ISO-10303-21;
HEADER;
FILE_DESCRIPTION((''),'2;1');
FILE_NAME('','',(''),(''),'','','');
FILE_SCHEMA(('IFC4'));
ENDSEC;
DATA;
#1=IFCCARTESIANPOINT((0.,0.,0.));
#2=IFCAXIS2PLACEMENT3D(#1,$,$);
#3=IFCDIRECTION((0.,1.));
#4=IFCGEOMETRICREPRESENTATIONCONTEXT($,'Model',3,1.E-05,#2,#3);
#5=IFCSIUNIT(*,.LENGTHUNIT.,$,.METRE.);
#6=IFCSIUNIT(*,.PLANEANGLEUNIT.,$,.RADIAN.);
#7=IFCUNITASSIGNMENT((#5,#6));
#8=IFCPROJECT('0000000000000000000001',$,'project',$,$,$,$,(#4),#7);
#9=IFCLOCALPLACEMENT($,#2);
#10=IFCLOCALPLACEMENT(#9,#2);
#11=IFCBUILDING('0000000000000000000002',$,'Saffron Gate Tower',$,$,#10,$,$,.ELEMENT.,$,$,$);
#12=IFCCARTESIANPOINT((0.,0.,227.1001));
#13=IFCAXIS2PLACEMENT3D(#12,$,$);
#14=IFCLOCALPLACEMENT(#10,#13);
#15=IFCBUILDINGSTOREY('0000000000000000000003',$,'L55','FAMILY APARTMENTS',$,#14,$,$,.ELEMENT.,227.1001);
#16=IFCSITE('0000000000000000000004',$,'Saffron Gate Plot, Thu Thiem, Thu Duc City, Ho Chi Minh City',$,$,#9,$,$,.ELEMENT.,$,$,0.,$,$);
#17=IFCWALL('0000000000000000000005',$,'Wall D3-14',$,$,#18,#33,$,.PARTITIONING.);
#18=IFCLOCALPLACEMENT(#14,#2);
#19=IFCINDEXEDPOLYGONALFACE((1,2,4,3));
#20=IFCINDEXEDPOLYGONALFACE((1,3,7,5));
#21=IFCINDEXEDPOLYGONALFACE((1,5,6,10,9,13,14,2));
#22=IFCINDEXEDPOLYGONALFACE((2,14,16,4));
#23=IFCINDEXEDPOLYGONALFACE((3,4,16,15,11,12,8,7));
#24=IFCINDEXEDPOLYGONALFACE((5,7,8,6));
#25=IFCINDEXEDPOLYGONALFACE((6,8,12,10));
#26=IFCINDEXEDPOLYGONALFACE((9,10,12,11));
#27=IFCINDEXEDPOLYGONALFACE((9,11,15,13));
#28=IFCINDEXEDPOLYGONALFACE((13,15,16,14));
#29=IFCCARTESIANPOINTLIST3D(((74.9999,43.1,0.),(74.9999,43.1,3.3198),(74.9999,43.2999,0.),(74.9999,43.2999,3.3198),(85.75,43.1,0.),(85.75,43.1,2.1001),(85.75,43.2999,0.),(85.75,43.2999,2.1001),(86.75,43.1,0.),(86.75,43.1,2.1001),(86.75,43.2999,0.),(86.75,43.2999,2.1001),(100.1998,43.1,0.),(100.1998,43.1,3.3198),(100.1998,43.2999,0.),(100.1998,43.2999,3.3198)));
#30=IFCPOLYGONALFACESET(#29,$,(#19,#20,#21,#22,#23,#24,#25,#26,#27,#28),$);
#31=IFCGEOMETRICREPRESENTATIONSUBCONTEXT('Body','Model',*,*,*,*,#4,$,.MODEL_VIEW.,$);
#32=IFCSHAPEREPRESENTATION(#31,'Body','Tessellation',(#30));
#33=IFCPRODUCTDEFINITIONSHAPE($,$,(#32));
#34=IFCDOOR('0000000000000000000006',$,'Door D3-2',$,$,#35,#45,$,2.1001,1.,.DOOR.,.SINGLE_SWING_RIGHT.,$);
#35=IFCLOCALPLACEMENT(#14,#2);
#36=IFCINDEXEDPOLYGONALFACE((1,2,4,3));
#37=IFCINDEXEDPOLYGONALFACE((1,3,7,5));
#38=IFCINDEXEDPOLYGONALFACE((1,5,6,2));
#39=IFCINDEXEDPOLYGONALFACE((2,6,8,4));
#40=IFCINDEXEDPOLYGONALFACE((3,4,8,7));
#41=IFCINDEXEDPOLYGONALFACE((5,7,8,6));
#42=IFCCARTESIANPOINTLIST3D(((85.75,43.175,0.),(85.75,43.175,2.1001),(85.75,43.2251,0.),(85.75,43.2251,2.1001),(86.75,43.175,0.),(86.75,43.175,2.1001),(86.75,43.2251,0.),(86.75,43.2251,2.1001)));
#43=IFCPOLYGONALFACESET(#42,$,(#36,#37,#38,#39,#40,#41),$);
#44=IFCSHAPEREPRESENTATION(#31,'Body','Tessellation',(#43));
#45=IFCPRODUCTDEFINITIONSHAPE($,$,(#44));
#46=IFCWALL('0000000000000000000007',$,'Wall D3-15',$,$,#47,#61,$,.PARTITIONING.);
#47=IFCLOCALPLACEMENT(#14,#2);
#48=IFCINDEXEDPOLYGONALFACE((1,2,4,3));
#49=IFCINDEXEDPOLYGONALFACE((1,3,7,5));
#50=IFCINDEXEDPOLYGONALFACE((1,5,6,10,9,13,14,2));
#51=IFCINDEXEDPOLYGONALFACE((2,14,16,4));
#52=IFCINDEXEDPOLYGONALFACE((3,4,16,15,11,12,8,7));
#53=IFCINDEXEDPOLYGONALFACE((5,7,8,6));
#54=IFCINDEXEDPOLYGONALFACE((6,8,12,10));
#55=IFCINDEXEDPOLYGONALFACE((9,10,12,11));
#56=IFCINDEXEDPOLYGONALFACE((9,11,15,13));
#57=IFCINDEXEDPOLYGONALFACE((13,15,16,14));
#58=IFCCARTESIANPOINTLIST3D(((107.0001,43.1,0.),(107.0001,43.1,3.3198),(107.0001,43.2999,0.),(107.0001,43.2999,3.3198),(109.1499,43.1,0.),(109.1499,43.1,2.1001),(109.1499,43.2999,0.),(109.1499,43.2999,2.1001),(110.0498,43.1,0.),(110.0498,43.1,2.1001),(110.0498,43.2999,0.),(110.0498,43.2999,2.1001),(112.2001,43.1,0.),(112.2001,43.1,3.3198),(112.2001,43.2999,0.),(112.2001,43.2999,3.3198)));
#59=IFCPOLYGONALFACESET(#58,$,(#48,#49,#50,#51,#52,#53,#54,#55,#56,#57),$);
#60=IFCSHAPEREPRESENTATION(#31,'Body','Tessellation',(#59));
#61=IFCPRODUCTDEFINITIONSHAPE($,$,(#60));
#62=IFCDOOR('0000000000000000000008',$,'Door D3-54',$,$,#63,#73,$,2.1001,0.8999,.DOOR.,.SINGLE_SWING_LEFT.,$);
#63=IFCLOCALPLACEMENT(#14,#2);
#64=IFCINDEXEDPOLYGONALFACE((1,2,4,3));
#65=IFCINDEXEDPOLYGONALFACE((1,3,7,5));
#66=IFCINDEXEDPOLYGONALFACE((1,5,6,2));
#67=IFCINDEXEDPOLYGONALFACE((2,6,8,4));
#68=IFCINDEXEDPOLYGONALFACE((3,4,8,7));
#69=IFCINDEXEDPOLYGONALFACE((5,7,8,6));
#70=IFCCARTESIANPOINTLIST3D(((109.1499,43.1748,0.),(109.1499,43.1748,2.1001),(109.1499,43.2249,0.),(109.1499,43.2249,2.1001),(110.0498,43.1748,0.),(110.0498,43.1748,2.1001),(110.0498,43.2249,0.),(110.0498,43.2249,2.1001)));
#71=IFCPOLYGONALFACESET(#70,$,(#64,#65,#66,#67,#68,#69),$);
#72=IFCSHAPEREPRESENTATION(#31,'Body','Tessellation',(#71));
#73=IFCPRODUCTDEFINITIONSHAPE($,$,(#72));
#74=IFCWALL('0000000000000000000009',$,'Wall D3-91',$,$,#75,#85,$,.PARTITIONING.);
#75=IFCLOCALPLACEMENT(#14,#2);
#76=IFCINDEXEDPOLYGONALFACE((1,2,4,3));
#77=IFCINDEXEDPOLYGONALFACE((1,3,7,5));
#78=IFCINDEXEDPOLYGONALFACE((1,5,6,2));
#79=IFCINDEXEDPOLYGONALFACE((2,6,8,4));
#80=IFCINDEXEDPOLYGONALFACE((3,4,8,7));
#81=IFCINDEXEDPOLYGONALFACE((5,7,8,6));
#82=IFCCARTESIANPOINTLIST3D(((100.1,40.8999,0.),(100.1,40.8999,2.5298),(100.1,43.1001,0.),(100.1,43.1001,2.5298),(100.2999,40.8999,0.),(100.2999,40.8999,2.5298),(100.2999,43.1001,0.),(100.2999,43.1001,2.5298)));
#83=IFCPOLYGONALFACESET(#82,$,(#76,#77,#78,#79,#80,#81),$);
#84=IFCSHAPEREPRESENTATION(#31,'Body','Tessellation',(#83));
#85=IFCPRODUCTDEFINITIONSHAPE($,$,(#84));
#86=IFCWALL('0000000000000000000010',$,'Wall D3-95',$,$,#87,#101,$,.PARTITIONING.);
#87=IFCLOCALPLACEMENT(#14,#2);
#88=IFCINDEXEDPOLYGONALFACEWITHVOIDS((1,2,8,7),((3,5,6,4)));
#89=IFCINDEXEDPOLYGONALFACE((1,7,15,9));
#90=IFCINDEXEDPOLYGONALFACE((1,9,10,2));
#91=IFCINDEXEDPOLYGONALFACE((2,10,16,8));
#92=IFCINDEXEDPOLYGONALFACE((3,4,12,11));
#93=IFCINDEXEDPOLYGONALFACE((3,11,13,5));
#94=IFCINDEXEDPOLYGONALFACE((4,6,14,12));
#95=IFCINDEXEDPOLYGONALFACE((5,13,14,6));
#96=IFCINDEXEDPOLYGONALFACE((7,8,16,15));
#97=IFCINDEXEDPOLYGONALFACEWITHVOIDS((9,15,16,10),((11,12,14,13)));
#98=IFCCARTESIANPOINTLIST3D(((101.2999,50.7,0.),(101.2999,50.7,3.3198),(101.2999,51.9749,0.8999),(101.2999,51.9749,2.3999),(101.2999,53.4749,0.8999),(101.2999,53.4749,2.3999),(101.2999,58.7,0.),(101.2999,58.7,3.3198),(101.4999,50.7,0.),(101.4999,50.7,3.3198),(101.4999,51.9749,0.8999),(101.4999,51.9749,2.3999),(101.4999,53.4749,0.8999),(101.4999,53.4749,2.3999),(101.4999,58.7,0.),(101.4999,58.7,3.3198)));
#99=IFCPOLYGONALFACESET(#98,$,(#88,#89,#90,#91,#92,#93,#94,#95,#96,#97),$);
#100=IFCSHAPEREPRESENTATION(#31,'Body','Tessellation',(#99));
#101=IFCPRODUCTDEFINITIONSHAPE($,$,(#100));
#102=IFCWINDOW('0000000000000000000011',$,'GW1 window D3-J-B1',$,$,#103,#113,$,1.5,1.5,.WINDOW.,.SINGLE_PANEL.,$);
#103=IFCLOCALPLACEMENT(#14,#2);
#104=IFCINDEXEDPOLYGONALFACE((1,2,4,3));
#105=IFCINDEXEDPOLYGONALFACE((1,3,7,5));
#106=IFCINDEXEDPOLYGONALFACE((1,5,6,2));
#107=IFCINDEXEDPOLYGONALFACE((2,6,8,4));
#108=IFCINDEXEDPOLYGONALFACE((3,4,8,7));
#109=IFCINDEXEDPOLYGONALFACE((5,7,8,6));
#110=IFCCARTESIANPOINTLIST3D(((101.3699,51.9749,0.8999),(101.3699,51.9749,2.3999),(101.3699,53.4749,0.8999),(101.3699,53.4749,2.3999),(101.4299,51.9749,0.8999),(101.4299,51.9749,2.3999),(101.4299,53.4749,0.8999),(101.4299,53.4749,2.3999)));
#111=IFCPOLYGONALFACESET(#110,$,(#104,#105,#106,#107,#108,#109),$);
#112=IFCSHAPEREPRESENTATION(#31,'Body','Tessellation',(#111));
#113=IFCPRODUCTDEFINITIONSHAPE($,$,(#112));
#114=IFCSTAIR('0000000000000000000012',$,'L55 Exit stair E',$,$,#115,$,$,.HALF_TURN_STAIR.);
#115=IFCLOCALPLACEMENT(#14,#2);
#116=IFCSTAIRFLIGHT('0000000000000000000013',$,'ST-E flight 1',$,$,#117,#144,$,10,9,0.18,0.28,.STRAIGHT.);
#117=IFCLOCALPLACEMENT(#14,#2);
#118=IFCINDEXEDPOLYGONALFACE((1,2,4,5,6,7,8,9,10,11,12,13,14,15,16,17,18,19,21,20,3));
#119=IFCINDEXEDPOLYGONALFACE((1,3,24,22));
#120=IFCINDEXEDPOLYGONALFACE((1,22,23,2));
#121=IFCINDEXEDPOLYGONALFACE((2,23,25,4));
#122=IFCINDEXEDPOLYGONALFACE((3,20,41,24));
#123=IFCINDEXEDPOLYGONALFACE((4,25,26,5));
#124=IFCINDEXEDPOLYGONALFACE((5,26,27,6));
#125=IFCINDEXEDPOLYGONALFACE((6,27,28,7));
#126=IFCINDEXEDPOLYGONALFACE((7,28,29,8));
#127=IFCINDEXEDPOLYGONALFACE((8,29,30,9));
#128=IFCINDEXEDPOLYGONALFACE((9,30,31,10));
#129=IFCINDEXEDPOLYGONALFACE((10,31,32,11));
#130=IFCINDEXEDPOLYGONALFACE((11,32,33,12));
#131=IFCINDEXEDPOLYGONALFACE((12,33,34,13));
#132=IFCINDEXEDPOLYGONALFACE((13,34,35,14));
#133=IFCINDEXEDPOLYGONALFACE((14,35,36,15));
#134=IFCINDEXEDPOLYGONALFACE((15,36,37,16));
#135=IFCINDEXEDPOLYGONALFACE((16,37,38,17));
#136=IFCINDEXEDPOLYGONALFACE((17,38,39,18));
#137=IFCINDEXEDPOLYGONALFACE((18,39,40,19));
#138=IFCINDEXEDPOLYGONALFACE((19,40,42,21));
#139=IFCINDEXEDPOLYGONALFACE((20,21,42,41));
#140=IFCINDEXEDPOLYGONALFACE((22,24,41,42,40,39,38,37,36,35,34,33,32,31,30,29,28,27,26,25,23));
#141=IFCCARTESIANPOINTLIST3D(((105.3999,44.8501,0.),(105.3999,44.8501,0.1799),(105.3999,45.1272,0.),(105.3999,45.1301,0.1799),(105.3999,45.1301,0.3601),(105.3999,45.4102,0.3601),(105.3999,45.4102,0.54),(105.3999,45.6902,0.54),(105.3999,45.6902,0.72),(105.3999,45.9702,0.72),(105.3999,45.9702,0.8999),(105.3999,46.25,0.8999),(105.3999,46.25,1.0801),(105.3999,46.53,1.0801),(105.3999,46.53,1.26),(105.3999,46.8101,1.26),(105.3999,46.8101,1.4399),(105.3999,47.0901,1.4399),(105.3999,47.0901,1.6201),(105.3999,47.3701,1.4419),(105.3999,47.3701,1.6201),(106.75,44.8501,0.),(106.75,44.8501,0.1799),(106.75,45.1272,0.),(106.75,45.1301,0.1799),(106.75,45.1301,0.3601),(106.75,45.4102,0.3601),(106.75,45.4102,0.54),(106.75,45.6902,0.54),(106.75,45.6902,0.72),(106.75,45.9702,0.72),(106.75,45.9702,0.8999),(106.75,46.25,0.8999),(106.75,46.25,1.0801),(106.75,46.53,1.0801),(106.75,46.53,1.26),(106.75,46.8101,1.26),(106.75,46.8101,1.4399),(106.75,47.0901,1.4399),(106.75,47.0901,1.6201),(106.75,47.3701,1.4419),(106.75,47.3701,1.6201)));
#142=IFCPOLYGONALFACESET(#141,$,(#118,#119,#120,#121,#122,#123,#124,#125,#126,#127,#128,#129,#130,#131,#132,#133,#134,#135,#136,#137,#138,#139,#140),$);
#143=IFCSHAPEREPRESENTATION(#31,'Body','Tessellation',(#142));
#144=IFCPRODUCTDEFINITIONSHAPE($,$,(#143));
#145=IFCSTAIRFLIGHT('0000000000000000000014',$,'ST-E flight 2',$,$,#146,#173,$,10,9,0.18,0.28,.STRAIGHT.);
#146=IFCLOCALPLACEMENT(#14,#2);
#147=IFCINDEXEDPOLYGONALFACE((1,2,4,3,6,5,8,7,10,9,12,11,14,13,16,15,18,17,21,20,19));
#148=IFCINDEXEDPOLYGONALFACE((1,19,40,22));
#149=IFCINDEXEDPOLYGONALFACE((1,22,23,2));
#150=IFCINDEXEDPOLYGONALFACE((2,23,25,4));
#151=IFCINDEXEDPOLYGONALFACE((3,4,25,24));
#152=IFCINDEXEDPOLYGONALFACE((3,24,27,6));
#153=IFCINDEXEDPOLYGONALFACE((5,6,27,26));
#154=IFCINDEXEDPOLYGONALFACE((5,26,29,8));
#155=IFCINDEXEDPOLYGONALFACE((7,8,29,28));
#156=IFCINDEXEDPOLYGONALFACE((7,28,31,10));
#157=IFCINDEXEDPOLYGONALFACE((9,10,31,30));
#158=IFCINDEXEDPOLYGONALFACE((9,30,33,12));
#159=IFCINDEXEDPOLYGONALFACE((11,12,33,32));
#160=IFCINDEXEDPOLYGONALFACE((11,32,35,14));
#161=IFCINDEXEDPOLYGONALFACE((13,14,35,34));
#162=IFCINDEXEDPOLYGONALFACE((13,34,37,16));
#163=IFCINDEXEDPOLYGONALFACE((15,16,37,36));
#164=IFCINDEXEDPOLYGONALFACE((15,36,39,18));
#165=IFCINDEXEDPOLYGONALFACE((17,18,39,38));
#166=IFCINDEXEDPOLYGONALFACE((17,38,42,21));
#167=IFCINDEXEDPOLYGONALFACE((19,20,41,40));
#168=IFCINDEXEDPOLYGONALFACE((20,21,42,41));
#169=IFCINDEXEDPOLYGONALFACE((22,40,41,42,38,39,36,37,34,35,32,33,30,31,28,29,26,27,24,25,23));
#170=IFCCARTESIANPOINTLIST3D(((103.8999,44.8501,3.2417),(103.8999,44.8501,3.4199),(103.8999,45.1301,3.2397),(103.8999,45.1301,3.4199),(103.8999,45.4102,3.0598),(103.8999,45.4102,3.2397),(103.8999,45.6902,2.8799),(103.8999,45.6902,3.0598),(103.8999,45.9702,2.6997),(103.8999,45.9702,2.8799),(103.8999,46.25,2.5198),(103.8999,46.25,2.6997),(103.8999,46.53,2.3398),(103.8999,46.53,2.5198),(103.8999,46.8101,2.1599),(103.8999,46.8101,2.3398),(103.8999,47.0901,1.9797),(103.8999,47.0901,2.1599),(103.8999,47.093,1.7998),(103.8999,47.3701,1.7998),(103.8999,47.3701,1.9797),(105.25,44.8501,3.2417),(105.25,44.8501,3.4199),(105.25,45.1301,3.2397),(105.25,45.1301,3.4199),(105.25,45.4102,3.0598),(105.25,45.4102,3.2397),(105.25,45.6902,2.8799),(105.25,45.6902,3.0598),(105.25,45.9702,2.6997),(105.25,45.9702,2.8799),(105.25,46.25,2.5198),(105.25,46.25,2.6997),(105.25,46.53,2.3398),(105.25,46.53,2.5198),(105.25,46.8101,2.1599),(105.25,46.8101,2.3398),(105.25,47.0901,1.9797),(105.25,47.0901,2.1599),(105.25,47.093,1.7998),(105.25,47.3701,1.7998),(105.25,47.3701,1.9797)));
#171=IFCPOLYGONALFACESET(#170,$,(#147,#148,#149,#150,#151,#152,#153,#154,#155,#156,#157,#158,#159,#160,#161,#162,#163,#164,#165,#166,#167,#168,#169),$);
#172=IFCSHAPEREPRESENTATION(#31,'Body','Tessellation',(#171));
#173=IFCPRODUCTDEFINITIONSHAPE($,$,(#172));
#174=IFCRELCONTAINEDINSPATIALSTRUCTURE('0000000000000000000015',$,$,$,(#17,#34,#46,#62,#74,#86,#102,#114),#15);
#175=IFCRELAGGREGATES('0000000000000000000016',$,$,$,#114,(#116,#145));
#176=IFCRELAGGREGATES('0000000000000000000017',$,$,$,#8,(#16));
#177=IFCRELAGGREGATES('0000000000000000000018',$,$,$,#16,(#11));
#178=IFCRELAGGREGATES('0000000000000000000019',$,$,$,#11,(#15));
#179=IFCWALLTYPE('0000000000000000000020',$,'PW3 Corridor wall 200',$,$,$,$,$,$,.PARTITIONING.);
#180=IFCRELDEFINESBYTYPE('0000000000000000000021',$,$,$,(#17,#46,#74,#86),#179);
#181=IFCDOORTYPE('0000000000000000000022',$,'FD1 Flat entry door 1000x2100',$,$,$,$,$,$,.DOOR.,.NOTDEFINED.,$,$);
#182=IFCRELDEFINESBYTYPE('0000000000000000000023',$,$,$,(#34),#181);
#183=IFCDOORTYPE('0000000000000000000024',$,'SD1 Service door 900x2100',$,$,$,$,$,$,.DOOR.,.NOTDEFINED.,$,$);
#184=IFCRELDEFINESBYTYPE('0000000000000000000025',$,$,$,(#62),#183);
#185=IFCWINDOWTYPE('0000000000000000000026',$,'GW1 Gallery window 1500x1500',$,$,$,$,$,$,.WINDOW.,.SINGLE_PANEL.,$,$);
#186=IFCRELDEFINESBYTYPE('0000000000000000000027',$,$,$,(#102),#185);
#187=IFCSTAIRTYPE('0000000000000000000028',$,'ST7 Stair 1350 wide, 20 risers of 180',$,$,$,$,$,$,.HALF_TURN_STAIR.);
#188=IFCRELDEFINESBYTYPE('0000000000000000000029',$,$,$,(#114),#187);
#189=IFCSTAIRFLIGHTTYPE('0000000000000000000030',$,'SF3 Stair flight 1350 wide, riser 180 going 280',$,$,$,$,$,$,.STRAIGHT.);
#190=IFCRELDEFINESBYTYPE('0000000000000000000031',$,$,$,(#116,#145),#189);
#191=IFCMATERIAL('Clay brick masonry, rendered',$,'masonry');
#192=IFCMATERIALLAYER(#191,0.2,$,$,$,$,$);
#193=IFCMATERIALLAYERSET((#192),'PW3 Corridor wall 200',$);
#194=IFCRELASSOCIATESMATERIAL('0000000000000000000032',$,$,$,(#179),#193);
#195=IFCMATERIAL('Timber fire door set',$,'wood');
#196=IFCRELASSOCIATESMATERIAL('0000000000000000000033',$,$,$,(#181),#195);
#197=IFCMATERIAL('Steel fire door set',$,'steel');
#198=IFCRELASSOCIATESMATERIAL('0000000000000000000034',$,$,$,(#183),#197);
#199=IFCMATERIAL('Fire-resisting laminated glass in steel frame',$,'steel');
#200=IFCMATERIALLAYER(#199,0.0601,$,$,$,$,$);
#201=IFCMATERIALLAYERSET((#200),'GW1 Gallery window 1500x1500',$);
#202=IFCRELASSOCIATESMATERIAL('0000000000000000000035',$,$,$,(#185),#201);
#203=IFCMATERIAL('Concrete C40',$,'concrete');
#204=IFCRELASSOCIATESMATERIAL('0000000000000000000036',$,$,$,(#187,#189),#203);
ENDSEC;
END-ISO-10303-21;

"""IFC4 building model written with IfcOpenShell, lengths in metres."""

from ifc_helpers import new_model, si_unit, direction, frame, frame_2d, origin, place, context, subcontext, project, spatial, polyline, rectangle, outline, extrude, material, layer, layer_set, type_object, element, fill, aggregate, save


model = new_model("IFC4")

# Units and contexts
model_context = context("Model", 3, precision=1e-05, world=origin(), true_north=direction((0.0, 1.0)))
body_context = subcontext(model_context, "Body", "Model", "MODEL_VIEW")
ifc_project = project(units=[si_unit("LENGTHUNIT", "METRE"), si_unit("PLANEANGLEUNIT", "RADIAN")], contexts=[model_context])

# Site, building, storey
site_placement = place(None, origin())
site = spatial("IfcSite", under=ifc_project, at=site_placement, Name="Saffron Gate Plot, Thu Thiem, Thu Duc City, Ho Chi Minh City", CompositionType="ELEMENT", RefElevation=0.0)
building_placement = place(site_placement, origin())
building = spatial("IfcBuilding", under=site, at=building_placement, Name="Saffron Gate Tower", CompositionType="ELEMENT")
storey_placement = place(building_placement, frame((0.0, 0.0, 227.1001)))
storey = spatial("IfcBuildingStorey", under=building, at=storey_placement, Name="L55", Description="FAMILY APARTMENTS", CompositionType="ELEMENT", Elevation=227.1001)

# Shared definitions
ifc_material_1 = material(Name="Steel fire door set", Category="steel")

# Shared definitions
ifc_material_2 = material(Name="Clay brick masonry, rendered", Category="masonry")

# Walls, openings, doors
ifc_layer_1 = layer(ifc_material_2, 0.2)
ifc_layer_set_1 = layer_set([ifc_layer_1], Name="PW3 Corridor wall 200")
wall_type_1 = type_object("IfcWallType", Name="PW3 Corridor wall 200", PredefinedType="PARTITIONING", material=ifc_layer_set_1)
wall_1_placement = place(storey_placement, frame((100.2, 43.2, 0.0), z_axis=(0.0, 0.0, 1.0), x_axis=(-1.0, 0.0, 0.0)))
wall_1 = element("IfcWall", 1, at=wall_1_placement, inside=storey, type_object=wall_type_1, Name="Wall D3-14", PredefinedType="PARTITIONING", context=body_context, shape_type="SweptSolid", body=[
    extrude(rectangle(XDim=25.2, YDim=0.2, at=frame_2d((12.6001, 0.0))), origin(), (0.0, 0.0, 1.0), 3.3198),
])
opening_1_placement = place(wall_1_placement, frame((13.45, 0.0, 0.0)))
opening_1 = element("IfcOpeningElement", 2, at=opening_1_placement, cuts=wall_1, PredefinedType="OPENING", context=body_context, shape_type="SweptSolid", body=[
    extrude(rectangle(XDim=1.0, YDim=2.1001, at=frame_2d((0.5, 1.05))), frame((0.0, 0.1099, 0.0), z_axis=(0.0, -1.0, 0.0), x_axis=(1.0, 0.0, 0.0)), (0.0, 0.0, 1.0), 0.22),
])
ifc_material_3 = material(Name="Timber fire door set", Category="wood")
door_type_1 = type_object("IfcDoorType", Name="FD1 Flat entry door 1000x2100", OperationType="NOTDEFINED", PredefinedType="DOOR", material=ifc_material_3)
door_1_placement = place(opening_1_placement, origin())
door_1 = element("IfcDoor", 3, at=door_1_placement, inside=storey, type_object=door_type_1, Name="Door D3-2", OperationType="SINGLE_SWING_RIGHT", OverallHeight=2.1001, OverallWidth=1.0, PredefinedType="DOOR", context=body_context, shape_type="SweptSolid", body=[
    extrude(rectangle(XDim=1.0, YDim=2.1001, at=frame_2d((0.5, 1.05))), frame((0.0, 0.0249, 0.0), z_axis=(0.0, -1.0, 0.0), x_axis=(1.0, 0.0, 0.0)), (0.0, 0.0, 1.0), 0.05),
])
fill(opening_1, door_1)
wall_2_placement = place(storey_placement, frame((107.0, 43.2, 0.0), z_axis=(0.0, 0.0, 1.0), x_axis=(1.0, 0.0, 0.0)))
wall_2 = element("IfcWall", 4, at=wall_2_placement, inside=storey, type_object=wall_type_1, Name="Wall D3-15", PredefinedType="PARTITIONING", context=body_context, shape_type="SweptSolid", body=[
    extrude(rectangle(XDim=5.2, YDim=0.2, at=frame_2d((2.6001, 0.0))), origin(), (0.0, 0.0, 1.0), 3.3198),
])
opening_2_placement = place(wall_2_placement, frame((2.1499, 0.0, 0.0)))
opening_2 = element("IfcOpeningElement", 5, at=opening_2_placement, cuts=wall_2, PredefinedType="OPENING", context=body_context, shape_type="SweptSolid", body=[
    extrude(rectangle(XDim=0.8999, YDim=2.1001, at=frame_2d((0.45, 1.05))), frame((0.0, 0.1099, 0.0), z_axis=(0.0, -1.0, 0.0), x_axis=(1.0, 0.0, 0.0)), (0.0, 0.0, 1.0), 0.22),
])
door_type_2 = type_object("IfcDoorType", Name="SD1 Service door 900x2100", OperationType="NOTDEFINED", PredefinedType="DOOR", material=ifc_material_1)
door_2_placement = place(opening_2_placement, origin())
door_2 = element("IfcDoor", 6, at=door_2_placement, inside=storey, type_object=door_type_2, Name="Door D3-54", OperationType="SINGLE_SWING_LEFT", OverallHeight=2.1001, OverallWidth=0.8999, PredefinedType="DOOR", context=body_context, shape_type="SweptSolid", body=[
    extrude(rectangle(XDim=0.8999, YDim=2.1001, at=frame_2d((0.45, 1.05))), frame((0.0, 0.0249, 0.0), z_axis=(0.0, -1.0, 0.0), x_axis=(1.0, 0.0, 0.0)), (0.0, 0.0, 1.0), 0.05),
])
fill(opening_2, door_2)

# Wall
wall_3_placement = place(storey_placement, frame((100.2, 43.1001, 0.0), z_axis=(0.0, 0.0, 1.0), x_axis=(0.0, -1.0, 0.0)))
element("IfcWall", 7, at=wall_3_placement, inside=storey, type_object=wall_type_1, Name="Wall D3-91", PredefinedType="PARTITIONING", context=body_context, shape_type="SweptSolid", body=[
    extrude(rectangle(XDim=2.2002, YDim=0.2, at=frame_2d((1.1001, 0.0))), origin(), (0.0, 0.0, 1.0), 2.5298),
])

# Wall, opening, window
wall_4_placement = place(storey_placement, frame((101.3999, 58.7, 0.0), z_axis=(0.0, 0.0, 1.0), x_axis=(0.0, -1.0, 0.0)))
wall_4 = element("IfcWall", 8, at=wall_4_placement, inside=storey, type_object=wall_type_1, Name="Wall D3-95", PredefinedType="PARTITIONING", context=body_context, shape_type="SweptSolid", body=[
    extrude(rectangle(XDim=8.0, YDim=0.2, at=frame_2d((4.0, 0.0))), origin(), (0.0, 0.0, 1.0), 3.3198),
])
opening_3_placement = place(wall_4_placement, frame((5.2251, 0.0, 0.8999)))
opening_3 = element("IfcOpeningElement", 9, at=opening_3_placement, cuts=wall_4, PredefinedType="OPENING", context=body_context, shape_type="SweptSolid", body=[
    extrude(rectangle(XDim=1.5, YDim=1.5, at=frame_2d((0.75, 0.75))), frame((0.0, 0.1099, 0.0), z_axis=(0.0, -1.0, 0.0), x_axis=(1.0, 0.0, 0.0)), (0.0, 0.0, 1.0), 0.22),
])
ifc_material_4 = material(Name="Fire-resisting laminated glass in steel frame", Category="steel")
ifc_layer_2 = layer(ifc_material_4, 0.0601)
ifc_layer_set_2 = layer_set([ifc_layer_2], Name="GW1 Gallery window 1500x1500")
window_type = type_object("IfcWindowType", Name="GW1 Gallery window 1500x1500", PartitioningType="SINGLE_PANEL", PredefinedType="WINDOW", material=ifc_layer_set_2)
window_placement = place(opening_3_placement, origin())
window = element("IfcWindow", 10, at=window_placement, inside=storey, type_object=window_type, Name="GW1 window D3-J-B1", OverallHeight=1.5, OverallWidth=1.5, PartitioningType="SINGLE_PANEL", PredefinedType="WINDOW", context=body_context, shape_type="SweptSolid", body=[
    extrude(rectangle(XDim=1.5, YDim=1.5, at=frame_2d((0.75, 0.75))), frame((0.0, 0.03, 0.0), z_axis=(0.0, -1.0, 0.0), x_axis=(1.0, 0.0, 0.0)), (0.0, 0.0, 1.0), 0.0601),
])
fill(opening_3, window)

# Stair, stair flights
ifc_material_5 = material(Name="Concrete C40", Category="concrete")
stair_type = type_object("IfcStairType", Name="ST7 Stair 1350 wide, 20 risers of 180", PredefinedType="HALF_TURN_STAIR", material=ifc_material_5)
stair_placement = place(storey_placement, origin())
stair = element("IfcStair", 11, at=stair_placement, inside=storey, type_object=stair_type, Name="L55 Exit stair E", PredefinedType="HALF_TURN_STAIR")
stair_flight_type = type_object("IfcStairFlightType", Name="SF3 Stair flight 1350 wide, riser 180 going 280", PredefinedType="STRAIGHT", material=ifc_material_5)
stair_flight_1_placement = place(storey_placement, frame((106.075, 44.8501, 0.0), z_axis=(0.0, 0.0, 1.0), x_axis=(0.0, 1.0, 0.0)))
stair_flight_1 = element("IfcStairFlight", 12, at=stair_flight_1_placement, type_object=stair_flight_type, Name="ST-E flight 1", NumberOfRisers=10, NumberOfTreads=9, PredefinedType="STRAIGHT", RiserHeight=0.18, TreadLength=0.28, context=body_context, shape_type="SweptSolid", body=[
    extrude(outline(polyline([(0.0, 0.0), (0.0, 0.1799), (0.28, 0.1799), (0.28, 0.3601), (0.5601, 0.3601), (0.5601, 0.54), (0.8401, 0.54), (0.8401, 0.72), (1.1201, 0.72), (1.1201, 0.8999), (1.3999, 0.8999), (1.3999, 1.0801), (1.6799, 1.0801), (1.6799, 1.26), (1.96, 1.26), (1.96, 1.4399), (2.24, 1.4399), (2.24, 1.6201), (2.52, 1.6201), (2.52, 1.8), (2.52, 1.4419), (0.2771, 0.0), (0.0, 0.0)])), frame((0.0, 0.675, 0.0), z_axis=(0.0, -1.0, 0.0), x_axis=(1.0, 0.0, 0.0)), (0.0, 0.0, 1.0), 1.3501),
])
stair_flight_2_placement = place(storey_placement, frame((104.575, 47.3701, 1.7998), z_axis=(0.0, 0.0, 1.0), x_axis=(0.0, -1.0, 0.0)))
stair_flight_2 = element("IfcStairFlight", 13, at=stair_flight_2_placement, type_object=stair_flight_type, Name="ST-E flight 2", NumberOfRisers=10, NumberOfTreads=9, PredefinedType="STRAIGHT", RiserHeight=0.18, TreadLength=0.28, context=body_context, shape_type="SweptSolid", body=[
    extrude(outline(polyline([(0.0, 0.0), (0.0, 0.1799), (0.28, 0.1799), (0.28, 0.3601), (0.5601, 0.3601), (0.5601, 0.54), (0.8401, 0.54), (0.8401, 0.72), (1.1201, 0.72), (1.1201, 0.8999), (1.3999, 0.8999), (1.3999, 1.0801), (1.6799, 1.0801), (1.6799, 1.26), (1.96, 1.26), (1.96, 1.4399), (2.24, 1.4399), (2.24, 1.6201), (2.52, 1.6201), (2.52, 1.8), (2.52, 1.4419), (0.2771, 0.0), (0.0, 0.0)])), frame((0.0, 0.675, 0.0), z_axis=(0.0, -1.0, 0.0), x_axis=(1.0, 0.0, 0.0)), (0.0, 0.0, 1.0), 1.3501),
])
aggregate(stair, [stair_flight_1, stair_flight_2])

save(model, "model.ifc")
